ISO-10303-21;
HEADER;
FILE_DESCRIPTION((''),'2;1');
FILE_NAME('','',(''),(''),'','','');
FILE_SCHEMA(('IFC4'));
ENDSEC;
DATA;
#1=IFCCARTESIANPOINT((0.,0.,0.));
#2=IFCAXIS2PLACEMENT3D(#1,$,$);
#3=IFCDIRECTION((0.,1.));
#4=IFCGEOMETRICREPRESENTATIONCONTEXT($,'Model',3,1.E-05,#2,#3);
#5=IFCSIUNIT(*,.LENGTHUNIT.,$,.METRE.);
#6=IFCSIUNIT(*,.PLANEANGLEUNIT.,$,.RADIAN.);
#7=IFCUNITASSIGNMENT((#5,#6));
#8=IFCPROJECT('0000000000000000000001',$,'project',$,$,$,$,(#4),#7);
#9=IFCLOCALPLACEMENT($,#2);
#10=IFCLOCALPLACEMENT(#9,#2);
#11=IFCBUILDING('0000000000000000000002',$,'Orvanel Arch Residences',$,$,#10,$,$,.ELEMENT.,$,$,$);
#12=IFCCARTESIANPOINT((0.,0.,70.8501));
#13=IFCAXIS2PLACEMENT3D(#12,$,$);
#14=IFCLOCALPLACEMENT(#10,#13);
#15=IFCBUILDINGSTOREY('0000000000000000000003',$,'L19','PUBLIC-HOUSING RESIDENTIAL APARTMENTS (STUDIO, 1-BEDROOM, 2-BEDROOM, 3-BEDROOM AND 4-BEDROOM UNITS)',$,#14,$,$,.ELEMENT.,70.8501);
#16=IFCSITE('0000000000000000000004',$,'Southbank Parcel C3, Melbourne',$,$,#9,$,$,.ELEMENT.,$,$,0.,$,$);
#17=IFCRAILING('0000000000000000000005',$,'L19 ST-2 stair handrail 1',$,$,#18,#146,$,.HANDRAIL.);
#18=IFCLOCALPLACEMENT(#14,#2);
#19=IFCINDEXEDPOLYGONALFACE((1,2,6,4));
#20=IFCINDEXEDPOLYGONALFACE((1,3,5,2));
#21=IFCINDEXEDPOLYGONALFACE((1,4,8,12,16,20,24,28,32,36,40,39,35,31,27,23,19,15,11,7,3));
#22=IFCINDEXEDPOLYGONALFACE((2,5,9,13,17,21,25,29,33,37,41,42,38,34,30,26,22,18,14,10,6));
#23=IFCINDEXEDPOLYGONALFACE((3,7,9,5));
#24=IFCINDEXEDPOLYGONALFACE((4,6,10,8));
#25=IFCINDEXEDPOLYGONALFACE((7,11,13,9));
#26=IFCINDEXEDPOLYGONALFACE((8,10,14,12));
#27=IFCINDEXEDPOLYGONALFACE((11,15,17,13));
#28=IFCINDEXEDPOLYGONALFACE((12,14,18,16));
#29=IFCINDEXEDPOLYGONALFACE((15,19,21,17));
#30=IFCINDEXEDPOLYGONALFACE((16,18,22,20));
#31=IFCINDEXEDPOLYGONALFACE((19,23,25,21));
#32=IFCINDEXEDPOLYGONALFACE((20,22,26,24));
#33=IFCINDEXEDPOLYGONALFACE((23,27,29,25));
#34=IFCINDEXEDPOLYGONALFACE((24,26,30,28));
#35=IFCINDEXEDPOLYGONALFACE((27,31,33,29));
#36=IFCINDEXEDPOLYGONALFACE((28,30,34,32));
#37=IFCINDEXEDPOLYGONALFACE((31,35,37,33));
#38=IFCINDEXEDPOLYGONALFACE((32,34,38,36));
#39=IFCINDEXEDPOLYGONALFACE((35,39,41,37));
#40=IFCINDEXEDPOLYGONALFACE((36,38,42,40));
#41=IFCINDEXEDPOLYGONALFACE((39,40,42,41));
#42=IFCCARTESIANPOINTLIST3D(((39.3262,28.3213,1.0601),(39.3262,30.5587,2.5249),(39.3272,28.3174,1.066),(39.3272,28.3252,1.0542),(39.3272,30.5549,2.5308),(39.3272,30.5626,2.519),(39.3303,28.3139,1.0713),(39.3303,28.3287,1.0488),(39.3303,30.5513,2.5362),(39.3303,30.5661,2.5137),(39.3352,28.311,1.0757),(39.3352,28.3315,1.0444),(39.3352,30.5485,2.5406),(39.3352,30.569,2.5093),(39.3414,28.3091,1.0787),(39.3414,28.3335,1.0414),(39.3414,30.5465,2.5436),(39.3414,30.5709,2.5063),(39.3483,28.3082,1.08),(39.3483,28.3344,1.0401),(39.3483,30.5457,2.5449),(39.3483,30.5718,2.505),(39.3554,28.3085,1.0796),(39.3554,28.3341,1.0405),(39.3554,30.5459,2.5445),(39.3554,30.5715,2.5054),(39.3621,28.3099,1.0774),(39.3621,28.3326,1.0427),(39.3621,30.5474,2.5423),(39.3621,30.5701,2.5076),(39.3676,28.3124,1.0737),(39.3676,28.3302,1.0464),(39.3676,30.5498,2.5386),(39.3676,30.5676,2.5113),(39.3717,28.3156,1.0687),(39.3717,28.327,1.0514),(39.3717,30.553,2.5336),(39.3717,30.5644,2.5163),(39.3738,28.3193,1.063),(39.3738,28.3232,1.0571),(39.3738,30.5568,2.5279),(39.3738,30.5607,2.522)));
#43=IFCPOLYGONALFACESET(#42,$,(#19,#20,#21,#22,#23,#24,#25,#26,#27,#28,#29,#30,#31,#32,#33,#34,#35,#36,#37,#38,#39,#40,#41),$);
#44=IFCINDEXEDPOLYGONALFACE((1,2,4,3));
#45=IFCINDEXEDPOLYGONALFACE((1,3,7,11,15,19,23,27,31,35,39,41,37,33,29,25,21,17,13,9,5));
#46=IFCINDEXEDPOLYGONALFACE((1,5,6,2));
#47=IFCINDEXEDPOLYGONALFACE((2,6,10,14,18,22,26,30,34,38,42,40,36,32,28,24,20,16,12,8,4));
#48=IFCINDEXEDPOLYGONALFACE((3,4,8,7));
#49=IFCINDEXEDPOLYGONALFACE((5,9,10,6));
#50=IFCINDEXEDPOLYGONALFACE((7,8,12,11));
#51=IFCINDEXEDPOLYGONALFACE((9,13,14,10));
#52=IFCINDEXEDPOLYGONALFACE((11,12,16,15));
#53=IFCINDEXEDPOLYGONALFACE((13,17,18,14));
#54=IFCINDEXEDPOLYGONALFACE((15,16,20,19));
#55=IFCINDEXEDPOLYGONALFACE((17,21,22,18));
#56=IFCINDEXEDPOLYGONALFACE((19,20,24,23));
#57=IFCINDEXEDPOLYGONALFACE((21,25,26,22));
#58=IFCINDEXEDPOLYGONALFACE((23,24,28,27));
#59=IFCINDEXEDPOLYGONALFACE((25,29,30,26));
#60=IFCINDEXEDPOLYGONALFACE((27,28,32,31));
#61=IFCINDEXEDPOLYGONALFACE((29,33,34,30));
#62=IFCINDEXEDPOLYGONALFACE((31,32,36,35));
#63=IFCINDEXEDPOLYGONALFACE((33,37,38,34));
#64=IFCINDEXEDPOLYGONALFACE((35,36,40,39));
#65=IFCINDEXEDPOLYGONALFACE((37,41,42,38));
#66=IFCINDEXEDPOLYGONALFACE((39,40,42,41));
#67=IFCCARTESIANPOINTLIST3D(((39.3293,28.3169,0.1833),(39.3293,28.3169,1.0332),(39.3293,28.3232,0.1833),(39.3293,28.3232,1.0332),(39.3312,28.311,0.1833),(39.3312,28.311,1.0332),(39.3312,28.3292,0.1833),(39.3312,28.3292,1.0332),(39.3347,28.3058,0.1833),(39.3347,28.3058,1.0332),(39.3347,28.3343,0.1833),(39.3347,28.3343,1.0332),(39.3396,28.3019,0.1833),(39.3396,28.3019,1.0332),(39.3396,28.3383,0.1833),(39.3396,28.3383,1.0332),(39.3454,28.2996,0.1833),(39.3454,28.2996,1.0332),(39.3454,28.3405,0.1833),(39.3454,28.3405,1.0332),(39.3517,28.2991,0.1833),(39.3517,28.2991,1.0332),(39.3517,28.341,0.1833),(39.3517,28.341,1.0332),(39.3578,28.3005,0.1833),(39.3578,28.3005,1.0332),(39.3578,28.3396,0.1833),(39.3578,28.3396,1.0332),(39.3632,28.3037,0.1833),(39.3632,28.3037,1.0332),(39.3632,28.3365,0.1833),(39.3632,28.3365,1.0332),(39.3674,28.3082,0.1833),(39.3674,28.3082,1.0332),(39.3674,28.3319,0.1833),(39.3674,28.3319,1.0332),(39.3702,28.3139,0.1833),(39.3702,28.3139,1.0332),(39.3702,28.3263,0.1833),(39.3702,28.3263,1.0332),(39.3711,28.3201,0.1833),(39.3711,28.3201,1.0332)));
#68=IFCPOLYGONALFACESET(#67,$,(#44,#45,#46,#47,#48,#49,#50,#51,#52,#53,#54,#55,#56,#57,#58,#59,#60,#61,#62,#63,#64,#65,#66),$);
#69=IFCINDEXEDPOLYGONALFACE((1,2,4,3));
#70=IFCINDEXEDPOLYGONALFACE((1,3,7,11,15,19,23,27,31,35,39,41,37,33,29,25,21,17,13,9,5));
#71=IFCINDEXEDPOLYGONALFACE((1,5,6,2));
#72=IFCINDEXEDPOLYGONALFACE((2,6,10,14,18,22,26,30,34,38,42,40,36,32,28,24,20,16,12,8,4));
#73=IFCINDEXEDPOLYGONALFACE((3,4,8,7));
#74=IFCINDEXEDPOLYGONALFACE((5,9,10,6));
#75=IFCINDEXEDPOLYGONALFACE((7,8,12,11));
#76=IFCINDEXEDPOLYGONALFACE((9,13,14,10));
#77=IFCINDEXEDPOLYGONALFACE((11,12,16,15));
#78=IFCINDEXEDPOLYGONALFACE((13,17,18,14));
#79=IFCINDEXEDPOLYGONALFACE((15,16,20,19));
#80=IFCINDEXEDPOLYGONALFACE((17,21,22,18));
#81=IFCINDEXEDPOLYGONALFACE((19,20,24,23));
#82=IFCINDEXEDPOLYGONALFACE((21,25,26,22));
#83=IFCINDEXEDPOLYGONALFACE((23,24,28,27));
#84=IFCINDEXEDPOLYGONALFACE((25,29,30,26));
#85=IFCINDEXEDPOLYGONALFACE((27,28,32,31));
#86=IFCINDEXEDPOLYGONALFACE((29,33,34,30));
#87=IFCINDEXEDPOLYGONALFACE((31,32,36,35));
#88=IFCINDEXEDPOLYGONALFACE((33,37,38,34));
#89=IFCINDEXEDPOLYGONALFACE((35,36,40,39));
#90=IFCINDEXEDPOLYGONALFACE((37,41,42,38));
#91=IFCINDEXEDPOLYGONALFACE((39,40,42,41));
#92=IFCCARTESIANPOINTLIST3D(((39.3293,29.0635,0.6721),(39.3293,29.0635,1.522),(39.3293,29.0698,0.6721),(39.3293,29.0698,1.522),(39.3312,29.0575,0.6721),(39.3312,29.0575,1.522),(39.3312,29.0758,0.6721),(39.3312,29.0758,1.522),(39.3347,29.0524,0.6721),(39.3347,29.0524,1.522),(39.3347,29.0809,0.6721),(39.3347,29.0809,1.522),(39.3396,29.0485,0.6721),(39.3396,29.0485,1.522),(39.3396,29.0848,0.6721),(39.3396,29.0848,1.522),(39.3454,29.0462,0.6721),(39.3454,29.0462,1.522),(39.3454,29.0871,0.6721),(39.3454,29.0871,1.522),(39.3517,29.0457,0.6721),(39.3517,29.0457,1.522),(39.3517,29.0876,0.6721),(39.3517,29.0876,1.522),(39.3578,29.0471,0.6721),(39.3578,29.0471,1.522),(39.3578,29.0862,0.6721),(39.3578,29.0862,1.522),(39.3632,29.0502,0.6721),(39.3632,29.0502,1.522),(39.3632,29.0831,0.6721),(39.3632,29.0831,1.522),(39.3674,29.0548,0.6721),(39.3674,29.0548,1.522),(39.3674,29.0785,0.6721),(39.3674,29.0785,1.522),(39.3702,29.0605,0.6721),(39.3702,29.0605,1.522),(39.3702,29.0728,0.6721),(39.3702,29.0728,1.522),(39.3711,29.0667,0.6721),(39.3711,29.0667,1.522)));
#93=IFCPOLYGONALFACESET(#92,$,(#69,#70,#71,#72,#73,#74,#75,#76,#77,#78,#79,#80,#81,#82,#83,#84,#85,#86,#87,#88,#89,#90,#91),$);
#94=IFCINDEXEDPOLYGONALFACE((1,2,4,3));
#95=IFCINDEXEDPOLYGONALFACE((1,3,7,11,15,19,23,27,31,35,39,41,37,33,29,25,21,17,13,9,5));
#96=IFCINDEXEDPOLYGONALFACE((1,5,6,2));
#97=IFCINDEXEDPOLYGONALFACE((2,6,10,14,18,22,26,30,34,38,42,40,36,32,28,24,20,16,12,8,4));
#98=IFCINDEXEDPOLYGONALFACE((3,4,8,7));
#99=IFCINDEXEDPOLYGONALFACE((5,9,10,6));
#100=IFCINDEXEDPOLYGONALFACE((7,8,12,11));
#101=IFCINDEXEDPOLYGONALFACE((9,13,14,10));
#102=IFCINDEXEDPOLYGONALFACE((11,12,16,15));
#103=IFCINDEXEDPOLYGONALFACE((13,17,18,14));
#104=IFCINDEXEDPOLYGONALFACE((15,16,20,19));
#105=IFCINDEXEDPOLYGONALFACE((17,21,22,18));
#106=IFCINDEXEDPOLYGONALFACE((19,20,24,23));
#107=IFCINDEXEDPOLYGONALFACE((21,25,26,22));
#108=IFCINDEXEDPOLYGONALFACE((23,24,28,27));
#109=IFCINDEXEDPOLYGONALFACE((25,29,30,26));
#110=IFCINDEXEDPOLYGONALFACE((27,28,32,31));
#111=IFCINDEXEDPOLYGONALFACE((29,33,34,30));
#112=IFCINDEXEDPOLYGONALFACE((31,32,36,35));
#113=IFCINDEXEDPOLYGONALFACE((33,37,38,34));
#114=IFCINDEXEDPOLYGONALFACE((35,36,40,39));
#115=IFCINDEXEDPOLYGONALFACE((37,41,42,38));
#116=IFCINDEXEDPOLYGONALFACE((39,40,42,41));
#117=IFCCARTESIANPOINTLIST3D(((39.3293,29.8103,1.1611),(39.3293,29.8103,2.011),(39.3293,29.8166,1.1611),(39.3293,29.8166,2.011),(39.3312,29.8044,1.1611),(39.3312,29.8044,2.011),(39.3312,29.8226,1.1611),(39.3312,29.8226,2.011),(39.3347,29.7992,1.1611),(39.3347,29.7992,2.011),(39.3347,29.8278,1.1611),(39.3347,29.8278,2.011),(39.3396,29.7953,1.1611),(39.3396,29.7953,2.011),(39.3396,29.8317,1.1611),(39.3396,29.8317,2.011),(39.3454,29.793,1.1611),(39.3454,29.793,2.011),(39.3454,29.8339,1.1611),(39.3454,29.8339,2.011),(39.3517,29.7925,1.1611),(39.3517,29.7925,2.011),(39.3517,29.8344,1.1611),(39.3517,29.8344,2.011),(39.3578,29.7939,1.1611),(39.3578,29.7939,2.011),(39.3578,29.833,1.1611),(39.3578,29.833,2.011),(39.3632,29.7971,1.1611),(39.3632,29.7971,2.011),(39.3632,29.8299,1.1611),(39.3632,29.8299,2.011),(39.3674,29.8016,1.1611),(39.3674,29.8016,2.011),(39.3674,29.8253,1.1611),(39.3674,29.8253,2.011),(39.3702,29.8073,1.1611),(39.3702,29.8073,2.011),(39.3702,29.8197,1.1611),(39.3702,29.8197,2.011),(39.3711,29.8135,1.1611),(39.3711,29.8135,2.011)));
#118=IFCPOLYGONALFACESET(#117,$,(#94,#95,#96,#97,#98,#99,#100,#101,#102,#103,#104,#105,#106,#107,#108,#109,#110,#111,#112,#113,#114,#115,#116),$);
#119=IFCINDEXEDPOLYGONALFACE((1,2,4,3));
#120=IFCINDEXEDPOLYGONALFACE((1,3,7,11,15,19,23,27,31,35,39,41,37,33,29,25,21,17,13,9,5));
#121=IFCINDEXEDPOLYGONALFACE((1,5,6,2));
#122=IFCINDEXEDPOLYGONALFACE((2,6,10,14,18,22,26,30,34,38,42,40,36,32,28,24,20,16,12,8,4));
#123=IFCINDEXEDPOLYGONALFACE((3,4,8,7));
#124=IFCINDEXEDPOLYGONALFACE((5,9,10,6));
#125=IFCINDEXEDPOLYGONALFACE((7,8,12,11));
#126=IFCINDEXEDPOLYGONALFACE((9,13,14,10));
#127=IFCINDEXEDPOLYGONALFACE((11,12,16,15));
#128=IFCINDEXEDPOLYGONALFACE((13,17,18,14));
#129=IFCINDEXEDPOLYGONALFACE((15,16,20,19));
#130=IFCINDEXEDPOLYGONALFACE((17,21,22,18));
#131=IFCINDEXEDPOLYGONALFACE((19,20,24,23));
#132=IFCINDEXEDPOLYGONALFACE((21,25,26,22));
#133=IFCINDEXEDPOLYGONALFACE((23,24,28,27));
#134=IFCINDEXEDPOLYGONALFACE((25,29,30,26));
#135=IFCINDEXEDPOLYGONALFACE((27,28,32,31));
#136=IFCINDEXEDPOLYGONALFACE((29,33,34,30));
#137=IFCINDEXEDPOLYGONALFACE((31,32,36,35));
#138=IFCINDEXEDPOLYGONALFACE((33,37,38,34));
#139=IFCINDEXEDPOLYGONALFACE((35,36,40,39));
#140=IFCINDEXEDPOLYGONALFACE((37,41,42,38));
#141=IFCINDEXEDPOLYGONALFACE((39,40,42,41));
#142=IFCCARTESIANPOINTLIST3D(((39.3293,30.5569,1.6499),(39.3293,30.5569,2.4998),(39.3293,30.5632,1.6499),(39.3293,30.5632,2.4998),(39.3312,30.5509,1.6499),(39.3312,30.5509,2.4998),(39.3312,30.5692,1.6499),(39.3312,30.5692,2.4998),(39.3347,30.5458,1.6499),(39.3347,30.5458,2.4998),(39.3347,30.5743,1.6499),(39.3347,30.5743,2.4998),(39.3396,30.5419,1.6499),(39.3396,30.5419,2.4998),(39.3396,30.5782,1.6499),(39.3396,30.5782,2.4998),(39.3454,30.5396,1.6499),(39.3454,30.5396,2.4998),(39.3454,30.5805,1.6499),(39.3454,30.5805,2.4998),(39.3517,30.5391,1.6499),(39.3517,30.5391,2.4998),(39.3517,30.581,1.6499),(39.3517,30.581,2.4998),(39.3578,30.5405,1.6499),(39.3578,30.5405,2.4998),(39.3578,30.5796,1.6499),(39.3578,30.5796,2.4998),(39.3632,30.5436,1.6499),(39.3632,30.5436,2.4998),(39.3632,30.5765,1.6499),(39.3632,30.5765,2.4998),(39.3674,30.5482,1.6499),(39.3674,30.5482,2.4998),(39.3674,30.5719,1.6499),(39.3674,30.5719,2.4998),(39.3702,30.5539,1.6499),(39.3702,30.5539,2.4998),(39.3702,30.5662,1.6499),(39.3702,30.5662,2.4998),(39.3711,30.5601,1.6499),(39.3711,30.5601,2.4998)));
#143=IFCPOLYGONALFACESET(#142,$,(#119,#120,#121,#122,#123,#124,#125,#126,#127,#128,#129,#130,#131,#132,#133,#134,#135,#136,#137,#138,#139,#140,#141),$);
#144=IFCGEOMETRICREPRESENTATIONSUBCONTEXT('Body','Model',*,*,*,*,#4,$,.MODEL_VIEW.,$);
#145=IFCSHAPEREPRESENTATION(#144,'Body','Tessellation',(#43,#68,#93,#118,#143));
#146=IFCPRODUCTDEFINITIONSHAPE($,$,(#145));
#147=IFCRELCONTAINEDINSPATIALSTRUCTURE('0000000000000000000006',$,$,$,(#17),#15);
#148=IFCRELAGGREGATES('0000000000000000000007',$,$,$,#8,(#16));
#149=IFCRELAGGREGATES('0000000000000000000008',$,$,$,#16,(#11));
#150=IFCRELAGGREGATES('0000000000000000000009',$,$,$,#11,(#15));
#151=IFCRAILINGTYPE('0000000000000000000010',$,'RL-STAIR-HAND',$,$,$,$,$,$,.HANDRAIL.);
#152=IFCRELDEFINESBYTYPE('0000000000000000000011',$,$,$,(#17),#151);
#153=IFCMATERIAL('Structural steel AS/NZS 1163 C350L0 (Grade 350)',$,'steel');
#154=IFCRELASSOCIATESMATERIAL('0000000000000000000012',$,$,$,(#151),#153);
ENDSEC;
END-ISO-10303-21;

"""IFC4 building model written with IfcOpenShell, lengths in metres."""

from ifc_helpers import new_model, si_unit, direction, frame, origin, origin_2d, place, context, subcontext, project, spatial, circle, extrude, material, type_object, element, save


model = new_model("IFC4")

# Units and contexts
model_context = context("Model", 3, precision=1e-05, world=origin(), true_north=direction((0.0, 1.0)))
body_context = subcontext(model_context, "Body", "Model", "MODEL_VIEW")
ifc_project = project(units=[si_unit("LENGTHUNIT", "METRE"), si_unit("PLANEANGLEUNIT", "RADIAN")], contexts=[model_context])

# Site, building, storey
site_placement = place(None, origin())
site = spatial("IfcSite", under=ifc_project, at=site_placement, Name="Southbank Parcel C3, Melbourne", CompositionType="ELEMENT", RefElevation=0.0)
building_placement = place(site_placement, origin())
building = spatial("IfcBuilding", under=site, at=building_placement, Name="Orvanel Arch Residences", CompositionType="ELEMENT")
storey_placement = place(building_placement, frame((0.0, 0.0, 70.8501)))
storey = spatial("IfcBuildingStorey", under=building, at=storey_placement, Name="L19", Description="PUBLIC-HOUSING RESIDENTIAL APARTMENTS (STUDIO, 1-BEDROOM, 2-BEDROOM, 3-BEDROOM AND 4-BEDROOM UNITS)", CompositionType="ELEMENT", Elevation=70.8501)

# Railing
ifc_material_1 = material(Name="Structural steel AS/NZS 1163 C350L0 (Grade 350)", Category="steel")
railing_type_1 = type_object("IfcRailingType", Name="RL-STAIR-HAND", PredefinedType="HANDRAIL", material=ifc_material_1)
railing_1_placement = place(storey_placement, frame((39.3501, 28.3201, 0.1833)))
element("IfcRailing", 1, at=railing_1_placement, inside=storey, type_object=railing_type_1, Name="L19 ST-2 stair handrail 1", PredefinedType="HANDRAIL", context=body_context, shape_type="SweptSolid", body=[
    extrude(circle(Radius=0.0239, at=origin_2d()), frame((0.0, 0.0012, 0.8767), z_axis=(0.0, 0.836637, 0.547758), x_axis=(-1.0, 0.0, 0.0)), (0.0, 0.0, 1.0), 2.6743),
    extrude(circle(Radius=0.021, at=origin_2d()), origin(), (0.0, 0.0, 1.0), 0.8499),
    extrude(circle(Radius=0.021, at=origin_2d()), frame((0.0, 0.7466, 0.4888)), (0.0, 0.0, 1.0), 0.8499),
    extrude(circle(Radius=0.021, at=origin_2d()), frame((0.0, 1.4934, 0.9778)), (0.0, 0.0, 1.0), 0.8499),
    extrude(circle(Radius=0.021, at=origin_2d()), frame((0.0, 2.24, 1.4666)), (0.0, 0.0, 1.0), 0.8499),
])

save(model, "model.ifc")
